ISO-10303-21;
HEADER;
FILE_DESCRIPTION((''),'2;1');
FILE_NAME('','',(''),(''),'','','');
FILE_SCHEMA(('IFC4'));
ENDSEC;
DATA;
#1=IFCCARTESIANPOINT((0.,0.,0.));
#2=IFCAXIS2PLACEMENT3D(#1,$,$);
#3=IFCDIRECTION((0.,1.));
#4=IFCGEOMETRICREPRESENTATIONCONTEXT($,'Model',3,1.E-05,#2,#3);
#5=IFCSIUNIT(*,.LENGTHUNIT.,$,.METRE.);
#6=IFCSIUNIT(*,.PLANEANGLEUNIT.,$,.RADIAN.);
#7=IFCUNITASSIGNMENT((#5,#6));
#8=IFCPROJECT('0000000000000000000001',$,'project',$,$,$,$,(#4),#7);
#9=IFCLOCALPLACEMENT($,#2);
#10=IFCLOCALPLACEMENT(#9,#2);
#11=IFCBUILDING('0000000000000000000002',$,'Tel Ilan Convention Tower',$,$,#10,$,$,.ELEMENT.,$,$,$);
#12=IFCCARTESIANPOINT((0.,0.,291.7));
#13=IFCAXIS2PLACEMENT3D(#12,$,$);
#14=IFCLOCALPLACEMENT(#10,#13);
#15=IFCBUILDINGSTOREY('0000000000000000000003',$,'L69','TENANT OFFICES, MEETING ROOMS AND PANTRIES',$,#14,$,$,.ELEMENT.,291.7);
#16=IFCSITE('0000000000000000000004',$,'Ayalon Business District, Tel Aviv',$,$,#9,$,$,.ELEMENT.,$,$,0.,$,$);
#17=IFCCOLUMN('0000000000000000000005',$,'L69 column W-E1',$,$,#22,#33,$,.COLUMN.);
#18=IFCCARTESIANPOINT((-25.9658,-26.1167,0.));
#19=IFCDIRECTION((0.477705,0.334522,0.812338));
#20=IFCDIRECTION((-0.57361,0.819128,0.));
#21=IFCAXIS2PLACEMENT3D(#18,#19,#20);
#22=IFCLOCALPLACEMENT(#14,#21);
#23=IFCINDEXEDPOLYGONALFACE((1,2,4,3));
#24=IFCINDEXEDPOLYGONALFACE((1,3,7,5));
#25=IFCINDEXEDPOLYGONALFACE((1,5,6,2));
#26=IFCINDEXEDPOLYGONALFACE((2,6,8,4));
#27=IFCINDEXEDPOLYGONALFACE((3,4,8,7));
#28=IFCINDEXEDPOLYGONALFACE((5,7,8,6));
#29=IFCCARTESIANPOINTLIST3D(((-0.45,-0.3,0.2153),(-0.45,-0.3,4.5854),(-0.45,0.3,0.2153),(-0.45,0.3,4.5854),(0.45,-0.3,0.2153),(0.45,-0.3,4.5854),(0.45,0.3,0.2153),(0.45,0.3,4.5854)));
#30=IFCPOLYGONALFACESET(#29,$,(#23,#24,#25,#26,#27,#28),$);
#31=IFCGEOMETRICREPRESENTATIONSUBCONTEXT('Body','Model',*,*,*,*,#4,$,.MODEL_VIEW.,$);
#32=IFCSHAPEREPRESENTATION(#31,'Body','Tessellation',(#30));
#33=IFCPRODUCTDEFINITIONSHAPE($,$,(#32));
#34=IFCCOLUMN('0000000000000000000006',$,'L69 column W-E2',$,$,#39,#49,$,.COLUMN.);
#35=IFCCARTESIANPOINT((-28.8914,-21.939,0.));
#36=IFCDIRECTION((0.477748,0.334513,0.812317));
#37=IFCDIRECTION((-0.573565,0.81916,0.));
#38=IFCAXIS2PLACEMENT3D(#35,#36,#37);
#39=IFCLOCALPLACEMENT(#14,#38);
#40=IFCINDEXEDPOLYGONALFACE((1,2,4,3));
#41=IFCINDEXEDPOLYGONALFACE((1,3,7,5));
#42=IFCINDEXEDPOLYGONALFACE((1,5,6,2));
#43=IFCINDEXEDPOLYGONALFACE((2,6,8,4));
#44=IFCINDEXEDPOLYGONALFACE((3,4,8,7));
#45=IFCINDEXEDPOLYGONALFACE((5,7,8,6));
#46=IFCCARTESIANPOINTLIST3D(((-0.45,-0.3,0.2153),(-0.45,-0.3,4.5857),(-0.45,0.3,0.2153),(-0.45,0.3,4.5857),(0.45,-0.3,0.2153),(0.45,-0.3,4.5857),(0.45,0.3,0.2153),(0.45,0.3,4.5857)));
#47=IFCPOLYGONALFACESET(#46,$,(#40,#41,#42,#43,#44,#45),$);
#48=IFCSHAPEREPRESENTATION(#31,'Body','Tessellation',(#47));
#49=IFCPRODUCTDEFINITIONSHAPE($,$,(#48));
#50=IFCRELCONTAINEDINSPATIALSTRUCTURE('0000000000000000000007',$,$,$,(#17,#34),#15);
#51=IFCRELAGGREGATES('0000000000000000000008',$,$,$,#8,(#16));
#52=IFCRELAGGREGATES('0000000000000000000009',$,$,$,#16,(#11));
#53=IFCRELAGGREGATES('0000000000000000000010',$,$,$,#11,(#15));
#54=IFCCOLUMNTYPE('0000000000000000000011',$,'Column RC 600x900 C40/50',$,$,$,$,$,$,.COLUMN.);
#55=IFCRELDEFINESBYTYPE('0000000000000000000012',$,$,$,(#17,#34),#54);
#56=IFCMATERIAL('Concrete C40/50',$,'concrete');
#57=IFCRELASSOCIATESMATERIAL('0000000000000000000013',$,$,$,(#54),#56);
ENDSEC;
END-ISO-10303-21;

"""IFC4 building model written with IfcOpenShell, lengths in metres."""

from ifc_helpers import new_model, si_unit, direction, frame, origin, origin_2d, place, context, subcontext, project, spatial, rectangle, extrude, clip, halfspace, material, material_profile, profile_set, type_object, element, save


model = new_model("IFC4")

# Units and contexts
model_context = context("Model", 3, precision=1e-05, world=origin(), true_north=direction((0.0, 1.0)))
body_context = subcontext(model_context, "Body", "Model", "MODEL_VIEW")
ifc_project = project(units=[si_unit("LENGTHUNIT", "METRE"), si_unit("PLANEANGLEUNIT", "RADIAN")], contexts=[model_context])

# Site, building, storey
site_placement = place(None, origin())
site = spatial("IfcSite", under=ifc_project, at=site_placement, Name="Ayalon Business District, Tel Aviv", CompositionType="ELEMENT", RefElevation=0.0)
building_placement = place(site_placement, origin())
building = spatial("IfcBuilding", under=site, at=building_placement, Name="Tel Ilan Convention Tower", CompositionType="ELEMENT")
storey_placement = place(building_placement, frame((0.0, 0.0, 291.7)))
storey = spatial("IfcBuildingStorey", under=building, at=storey_placement, Name="L69", Description="TENANT OFFICES, MEETING ROOMS AND PANTRIES", CompositionType="ELEMENT", Elevation=291.7)

# Columns
ifc_material_1 = material(Name="Concrete C40/50", Category="concrete")
ifc_material_profile_1 = material_profile(ifc_material_1, rectangle(XDim=0.8999, YDim=0.6001, at=origin_2d()), Name="RC 600x900")
ifc_profile_set_1 = profile_set([ifc_material_profile_1], Name="Concrete C40/50")
column_type = type_object("IfcColumnType", Name="Column RC 600x900 C40/50", PredefinedType="COLUMN", material=ifc_profile_set_1)
column_1_placement = place(storey_placement, frame((-25.9658, -26.1167, 0.0), z_axis=(0.477705, 0.334522, 0.812338), x_axis=(-0.57361, 0.819128, 0.0)))
element("IfcColumn", 1, at=column_1_placement, inside=storey, type_object=column_type, Name="L69 column W-E1", PredefinedType="COLUMN", context=body_context, shape_type="Clipping", body=[
    clip(clip(extrude(rectangle(XDim=0.8999, YDim=0.6001, at=origin_2d()), origin(), (0.0, 0.0, 1.0), 4.801), halfspace(frame((0.0, 0.0, 0.2153), z_axis=(0.0, 0.0, 1.0), x_axis=(1.0, 0.0, 0.0)), True)), halfspace(frame((0.0, 0.0, 4.5854), z_axis=(0.0, 0.0, 1.0), x_axis=(1.0, 0.0, 0.0)), False)),
])
column_2_placement = place(storey_placement, frame((-28.8914, -21.939, 0.0), z_axis=(0.477748, 0.334513, 0.812317), x_axis=(-0.573565, 0.81916, 0.0)))
element("IfcColumn", 2, at=column_2_placement, inside=storey, type_object=column_type, Name="L69 column W-E2", PredefinedType="COLUMN", context=body_context, shape_type="Clipping", body=[
    clip(clip(extrude(rectangle(XDim=0.8999, YDim=0.6001, at=origin_2d()), origin(), (0.0, 0.0, 1.0), 4.801), halfspace(frame((0.0, 0.0, 0.2153), z_axis=(0.0, 0.0, 1.0), x_axis=(1.0, 0.0, 0.0)), True)), halfspace(frame((0.0, 0.0, 4.5857), z_axis=(0.0, 0.0, 1.0), x_axis=(1.0, 0.0, 0.0)), False)),
])

save(model, "model.ifc")
